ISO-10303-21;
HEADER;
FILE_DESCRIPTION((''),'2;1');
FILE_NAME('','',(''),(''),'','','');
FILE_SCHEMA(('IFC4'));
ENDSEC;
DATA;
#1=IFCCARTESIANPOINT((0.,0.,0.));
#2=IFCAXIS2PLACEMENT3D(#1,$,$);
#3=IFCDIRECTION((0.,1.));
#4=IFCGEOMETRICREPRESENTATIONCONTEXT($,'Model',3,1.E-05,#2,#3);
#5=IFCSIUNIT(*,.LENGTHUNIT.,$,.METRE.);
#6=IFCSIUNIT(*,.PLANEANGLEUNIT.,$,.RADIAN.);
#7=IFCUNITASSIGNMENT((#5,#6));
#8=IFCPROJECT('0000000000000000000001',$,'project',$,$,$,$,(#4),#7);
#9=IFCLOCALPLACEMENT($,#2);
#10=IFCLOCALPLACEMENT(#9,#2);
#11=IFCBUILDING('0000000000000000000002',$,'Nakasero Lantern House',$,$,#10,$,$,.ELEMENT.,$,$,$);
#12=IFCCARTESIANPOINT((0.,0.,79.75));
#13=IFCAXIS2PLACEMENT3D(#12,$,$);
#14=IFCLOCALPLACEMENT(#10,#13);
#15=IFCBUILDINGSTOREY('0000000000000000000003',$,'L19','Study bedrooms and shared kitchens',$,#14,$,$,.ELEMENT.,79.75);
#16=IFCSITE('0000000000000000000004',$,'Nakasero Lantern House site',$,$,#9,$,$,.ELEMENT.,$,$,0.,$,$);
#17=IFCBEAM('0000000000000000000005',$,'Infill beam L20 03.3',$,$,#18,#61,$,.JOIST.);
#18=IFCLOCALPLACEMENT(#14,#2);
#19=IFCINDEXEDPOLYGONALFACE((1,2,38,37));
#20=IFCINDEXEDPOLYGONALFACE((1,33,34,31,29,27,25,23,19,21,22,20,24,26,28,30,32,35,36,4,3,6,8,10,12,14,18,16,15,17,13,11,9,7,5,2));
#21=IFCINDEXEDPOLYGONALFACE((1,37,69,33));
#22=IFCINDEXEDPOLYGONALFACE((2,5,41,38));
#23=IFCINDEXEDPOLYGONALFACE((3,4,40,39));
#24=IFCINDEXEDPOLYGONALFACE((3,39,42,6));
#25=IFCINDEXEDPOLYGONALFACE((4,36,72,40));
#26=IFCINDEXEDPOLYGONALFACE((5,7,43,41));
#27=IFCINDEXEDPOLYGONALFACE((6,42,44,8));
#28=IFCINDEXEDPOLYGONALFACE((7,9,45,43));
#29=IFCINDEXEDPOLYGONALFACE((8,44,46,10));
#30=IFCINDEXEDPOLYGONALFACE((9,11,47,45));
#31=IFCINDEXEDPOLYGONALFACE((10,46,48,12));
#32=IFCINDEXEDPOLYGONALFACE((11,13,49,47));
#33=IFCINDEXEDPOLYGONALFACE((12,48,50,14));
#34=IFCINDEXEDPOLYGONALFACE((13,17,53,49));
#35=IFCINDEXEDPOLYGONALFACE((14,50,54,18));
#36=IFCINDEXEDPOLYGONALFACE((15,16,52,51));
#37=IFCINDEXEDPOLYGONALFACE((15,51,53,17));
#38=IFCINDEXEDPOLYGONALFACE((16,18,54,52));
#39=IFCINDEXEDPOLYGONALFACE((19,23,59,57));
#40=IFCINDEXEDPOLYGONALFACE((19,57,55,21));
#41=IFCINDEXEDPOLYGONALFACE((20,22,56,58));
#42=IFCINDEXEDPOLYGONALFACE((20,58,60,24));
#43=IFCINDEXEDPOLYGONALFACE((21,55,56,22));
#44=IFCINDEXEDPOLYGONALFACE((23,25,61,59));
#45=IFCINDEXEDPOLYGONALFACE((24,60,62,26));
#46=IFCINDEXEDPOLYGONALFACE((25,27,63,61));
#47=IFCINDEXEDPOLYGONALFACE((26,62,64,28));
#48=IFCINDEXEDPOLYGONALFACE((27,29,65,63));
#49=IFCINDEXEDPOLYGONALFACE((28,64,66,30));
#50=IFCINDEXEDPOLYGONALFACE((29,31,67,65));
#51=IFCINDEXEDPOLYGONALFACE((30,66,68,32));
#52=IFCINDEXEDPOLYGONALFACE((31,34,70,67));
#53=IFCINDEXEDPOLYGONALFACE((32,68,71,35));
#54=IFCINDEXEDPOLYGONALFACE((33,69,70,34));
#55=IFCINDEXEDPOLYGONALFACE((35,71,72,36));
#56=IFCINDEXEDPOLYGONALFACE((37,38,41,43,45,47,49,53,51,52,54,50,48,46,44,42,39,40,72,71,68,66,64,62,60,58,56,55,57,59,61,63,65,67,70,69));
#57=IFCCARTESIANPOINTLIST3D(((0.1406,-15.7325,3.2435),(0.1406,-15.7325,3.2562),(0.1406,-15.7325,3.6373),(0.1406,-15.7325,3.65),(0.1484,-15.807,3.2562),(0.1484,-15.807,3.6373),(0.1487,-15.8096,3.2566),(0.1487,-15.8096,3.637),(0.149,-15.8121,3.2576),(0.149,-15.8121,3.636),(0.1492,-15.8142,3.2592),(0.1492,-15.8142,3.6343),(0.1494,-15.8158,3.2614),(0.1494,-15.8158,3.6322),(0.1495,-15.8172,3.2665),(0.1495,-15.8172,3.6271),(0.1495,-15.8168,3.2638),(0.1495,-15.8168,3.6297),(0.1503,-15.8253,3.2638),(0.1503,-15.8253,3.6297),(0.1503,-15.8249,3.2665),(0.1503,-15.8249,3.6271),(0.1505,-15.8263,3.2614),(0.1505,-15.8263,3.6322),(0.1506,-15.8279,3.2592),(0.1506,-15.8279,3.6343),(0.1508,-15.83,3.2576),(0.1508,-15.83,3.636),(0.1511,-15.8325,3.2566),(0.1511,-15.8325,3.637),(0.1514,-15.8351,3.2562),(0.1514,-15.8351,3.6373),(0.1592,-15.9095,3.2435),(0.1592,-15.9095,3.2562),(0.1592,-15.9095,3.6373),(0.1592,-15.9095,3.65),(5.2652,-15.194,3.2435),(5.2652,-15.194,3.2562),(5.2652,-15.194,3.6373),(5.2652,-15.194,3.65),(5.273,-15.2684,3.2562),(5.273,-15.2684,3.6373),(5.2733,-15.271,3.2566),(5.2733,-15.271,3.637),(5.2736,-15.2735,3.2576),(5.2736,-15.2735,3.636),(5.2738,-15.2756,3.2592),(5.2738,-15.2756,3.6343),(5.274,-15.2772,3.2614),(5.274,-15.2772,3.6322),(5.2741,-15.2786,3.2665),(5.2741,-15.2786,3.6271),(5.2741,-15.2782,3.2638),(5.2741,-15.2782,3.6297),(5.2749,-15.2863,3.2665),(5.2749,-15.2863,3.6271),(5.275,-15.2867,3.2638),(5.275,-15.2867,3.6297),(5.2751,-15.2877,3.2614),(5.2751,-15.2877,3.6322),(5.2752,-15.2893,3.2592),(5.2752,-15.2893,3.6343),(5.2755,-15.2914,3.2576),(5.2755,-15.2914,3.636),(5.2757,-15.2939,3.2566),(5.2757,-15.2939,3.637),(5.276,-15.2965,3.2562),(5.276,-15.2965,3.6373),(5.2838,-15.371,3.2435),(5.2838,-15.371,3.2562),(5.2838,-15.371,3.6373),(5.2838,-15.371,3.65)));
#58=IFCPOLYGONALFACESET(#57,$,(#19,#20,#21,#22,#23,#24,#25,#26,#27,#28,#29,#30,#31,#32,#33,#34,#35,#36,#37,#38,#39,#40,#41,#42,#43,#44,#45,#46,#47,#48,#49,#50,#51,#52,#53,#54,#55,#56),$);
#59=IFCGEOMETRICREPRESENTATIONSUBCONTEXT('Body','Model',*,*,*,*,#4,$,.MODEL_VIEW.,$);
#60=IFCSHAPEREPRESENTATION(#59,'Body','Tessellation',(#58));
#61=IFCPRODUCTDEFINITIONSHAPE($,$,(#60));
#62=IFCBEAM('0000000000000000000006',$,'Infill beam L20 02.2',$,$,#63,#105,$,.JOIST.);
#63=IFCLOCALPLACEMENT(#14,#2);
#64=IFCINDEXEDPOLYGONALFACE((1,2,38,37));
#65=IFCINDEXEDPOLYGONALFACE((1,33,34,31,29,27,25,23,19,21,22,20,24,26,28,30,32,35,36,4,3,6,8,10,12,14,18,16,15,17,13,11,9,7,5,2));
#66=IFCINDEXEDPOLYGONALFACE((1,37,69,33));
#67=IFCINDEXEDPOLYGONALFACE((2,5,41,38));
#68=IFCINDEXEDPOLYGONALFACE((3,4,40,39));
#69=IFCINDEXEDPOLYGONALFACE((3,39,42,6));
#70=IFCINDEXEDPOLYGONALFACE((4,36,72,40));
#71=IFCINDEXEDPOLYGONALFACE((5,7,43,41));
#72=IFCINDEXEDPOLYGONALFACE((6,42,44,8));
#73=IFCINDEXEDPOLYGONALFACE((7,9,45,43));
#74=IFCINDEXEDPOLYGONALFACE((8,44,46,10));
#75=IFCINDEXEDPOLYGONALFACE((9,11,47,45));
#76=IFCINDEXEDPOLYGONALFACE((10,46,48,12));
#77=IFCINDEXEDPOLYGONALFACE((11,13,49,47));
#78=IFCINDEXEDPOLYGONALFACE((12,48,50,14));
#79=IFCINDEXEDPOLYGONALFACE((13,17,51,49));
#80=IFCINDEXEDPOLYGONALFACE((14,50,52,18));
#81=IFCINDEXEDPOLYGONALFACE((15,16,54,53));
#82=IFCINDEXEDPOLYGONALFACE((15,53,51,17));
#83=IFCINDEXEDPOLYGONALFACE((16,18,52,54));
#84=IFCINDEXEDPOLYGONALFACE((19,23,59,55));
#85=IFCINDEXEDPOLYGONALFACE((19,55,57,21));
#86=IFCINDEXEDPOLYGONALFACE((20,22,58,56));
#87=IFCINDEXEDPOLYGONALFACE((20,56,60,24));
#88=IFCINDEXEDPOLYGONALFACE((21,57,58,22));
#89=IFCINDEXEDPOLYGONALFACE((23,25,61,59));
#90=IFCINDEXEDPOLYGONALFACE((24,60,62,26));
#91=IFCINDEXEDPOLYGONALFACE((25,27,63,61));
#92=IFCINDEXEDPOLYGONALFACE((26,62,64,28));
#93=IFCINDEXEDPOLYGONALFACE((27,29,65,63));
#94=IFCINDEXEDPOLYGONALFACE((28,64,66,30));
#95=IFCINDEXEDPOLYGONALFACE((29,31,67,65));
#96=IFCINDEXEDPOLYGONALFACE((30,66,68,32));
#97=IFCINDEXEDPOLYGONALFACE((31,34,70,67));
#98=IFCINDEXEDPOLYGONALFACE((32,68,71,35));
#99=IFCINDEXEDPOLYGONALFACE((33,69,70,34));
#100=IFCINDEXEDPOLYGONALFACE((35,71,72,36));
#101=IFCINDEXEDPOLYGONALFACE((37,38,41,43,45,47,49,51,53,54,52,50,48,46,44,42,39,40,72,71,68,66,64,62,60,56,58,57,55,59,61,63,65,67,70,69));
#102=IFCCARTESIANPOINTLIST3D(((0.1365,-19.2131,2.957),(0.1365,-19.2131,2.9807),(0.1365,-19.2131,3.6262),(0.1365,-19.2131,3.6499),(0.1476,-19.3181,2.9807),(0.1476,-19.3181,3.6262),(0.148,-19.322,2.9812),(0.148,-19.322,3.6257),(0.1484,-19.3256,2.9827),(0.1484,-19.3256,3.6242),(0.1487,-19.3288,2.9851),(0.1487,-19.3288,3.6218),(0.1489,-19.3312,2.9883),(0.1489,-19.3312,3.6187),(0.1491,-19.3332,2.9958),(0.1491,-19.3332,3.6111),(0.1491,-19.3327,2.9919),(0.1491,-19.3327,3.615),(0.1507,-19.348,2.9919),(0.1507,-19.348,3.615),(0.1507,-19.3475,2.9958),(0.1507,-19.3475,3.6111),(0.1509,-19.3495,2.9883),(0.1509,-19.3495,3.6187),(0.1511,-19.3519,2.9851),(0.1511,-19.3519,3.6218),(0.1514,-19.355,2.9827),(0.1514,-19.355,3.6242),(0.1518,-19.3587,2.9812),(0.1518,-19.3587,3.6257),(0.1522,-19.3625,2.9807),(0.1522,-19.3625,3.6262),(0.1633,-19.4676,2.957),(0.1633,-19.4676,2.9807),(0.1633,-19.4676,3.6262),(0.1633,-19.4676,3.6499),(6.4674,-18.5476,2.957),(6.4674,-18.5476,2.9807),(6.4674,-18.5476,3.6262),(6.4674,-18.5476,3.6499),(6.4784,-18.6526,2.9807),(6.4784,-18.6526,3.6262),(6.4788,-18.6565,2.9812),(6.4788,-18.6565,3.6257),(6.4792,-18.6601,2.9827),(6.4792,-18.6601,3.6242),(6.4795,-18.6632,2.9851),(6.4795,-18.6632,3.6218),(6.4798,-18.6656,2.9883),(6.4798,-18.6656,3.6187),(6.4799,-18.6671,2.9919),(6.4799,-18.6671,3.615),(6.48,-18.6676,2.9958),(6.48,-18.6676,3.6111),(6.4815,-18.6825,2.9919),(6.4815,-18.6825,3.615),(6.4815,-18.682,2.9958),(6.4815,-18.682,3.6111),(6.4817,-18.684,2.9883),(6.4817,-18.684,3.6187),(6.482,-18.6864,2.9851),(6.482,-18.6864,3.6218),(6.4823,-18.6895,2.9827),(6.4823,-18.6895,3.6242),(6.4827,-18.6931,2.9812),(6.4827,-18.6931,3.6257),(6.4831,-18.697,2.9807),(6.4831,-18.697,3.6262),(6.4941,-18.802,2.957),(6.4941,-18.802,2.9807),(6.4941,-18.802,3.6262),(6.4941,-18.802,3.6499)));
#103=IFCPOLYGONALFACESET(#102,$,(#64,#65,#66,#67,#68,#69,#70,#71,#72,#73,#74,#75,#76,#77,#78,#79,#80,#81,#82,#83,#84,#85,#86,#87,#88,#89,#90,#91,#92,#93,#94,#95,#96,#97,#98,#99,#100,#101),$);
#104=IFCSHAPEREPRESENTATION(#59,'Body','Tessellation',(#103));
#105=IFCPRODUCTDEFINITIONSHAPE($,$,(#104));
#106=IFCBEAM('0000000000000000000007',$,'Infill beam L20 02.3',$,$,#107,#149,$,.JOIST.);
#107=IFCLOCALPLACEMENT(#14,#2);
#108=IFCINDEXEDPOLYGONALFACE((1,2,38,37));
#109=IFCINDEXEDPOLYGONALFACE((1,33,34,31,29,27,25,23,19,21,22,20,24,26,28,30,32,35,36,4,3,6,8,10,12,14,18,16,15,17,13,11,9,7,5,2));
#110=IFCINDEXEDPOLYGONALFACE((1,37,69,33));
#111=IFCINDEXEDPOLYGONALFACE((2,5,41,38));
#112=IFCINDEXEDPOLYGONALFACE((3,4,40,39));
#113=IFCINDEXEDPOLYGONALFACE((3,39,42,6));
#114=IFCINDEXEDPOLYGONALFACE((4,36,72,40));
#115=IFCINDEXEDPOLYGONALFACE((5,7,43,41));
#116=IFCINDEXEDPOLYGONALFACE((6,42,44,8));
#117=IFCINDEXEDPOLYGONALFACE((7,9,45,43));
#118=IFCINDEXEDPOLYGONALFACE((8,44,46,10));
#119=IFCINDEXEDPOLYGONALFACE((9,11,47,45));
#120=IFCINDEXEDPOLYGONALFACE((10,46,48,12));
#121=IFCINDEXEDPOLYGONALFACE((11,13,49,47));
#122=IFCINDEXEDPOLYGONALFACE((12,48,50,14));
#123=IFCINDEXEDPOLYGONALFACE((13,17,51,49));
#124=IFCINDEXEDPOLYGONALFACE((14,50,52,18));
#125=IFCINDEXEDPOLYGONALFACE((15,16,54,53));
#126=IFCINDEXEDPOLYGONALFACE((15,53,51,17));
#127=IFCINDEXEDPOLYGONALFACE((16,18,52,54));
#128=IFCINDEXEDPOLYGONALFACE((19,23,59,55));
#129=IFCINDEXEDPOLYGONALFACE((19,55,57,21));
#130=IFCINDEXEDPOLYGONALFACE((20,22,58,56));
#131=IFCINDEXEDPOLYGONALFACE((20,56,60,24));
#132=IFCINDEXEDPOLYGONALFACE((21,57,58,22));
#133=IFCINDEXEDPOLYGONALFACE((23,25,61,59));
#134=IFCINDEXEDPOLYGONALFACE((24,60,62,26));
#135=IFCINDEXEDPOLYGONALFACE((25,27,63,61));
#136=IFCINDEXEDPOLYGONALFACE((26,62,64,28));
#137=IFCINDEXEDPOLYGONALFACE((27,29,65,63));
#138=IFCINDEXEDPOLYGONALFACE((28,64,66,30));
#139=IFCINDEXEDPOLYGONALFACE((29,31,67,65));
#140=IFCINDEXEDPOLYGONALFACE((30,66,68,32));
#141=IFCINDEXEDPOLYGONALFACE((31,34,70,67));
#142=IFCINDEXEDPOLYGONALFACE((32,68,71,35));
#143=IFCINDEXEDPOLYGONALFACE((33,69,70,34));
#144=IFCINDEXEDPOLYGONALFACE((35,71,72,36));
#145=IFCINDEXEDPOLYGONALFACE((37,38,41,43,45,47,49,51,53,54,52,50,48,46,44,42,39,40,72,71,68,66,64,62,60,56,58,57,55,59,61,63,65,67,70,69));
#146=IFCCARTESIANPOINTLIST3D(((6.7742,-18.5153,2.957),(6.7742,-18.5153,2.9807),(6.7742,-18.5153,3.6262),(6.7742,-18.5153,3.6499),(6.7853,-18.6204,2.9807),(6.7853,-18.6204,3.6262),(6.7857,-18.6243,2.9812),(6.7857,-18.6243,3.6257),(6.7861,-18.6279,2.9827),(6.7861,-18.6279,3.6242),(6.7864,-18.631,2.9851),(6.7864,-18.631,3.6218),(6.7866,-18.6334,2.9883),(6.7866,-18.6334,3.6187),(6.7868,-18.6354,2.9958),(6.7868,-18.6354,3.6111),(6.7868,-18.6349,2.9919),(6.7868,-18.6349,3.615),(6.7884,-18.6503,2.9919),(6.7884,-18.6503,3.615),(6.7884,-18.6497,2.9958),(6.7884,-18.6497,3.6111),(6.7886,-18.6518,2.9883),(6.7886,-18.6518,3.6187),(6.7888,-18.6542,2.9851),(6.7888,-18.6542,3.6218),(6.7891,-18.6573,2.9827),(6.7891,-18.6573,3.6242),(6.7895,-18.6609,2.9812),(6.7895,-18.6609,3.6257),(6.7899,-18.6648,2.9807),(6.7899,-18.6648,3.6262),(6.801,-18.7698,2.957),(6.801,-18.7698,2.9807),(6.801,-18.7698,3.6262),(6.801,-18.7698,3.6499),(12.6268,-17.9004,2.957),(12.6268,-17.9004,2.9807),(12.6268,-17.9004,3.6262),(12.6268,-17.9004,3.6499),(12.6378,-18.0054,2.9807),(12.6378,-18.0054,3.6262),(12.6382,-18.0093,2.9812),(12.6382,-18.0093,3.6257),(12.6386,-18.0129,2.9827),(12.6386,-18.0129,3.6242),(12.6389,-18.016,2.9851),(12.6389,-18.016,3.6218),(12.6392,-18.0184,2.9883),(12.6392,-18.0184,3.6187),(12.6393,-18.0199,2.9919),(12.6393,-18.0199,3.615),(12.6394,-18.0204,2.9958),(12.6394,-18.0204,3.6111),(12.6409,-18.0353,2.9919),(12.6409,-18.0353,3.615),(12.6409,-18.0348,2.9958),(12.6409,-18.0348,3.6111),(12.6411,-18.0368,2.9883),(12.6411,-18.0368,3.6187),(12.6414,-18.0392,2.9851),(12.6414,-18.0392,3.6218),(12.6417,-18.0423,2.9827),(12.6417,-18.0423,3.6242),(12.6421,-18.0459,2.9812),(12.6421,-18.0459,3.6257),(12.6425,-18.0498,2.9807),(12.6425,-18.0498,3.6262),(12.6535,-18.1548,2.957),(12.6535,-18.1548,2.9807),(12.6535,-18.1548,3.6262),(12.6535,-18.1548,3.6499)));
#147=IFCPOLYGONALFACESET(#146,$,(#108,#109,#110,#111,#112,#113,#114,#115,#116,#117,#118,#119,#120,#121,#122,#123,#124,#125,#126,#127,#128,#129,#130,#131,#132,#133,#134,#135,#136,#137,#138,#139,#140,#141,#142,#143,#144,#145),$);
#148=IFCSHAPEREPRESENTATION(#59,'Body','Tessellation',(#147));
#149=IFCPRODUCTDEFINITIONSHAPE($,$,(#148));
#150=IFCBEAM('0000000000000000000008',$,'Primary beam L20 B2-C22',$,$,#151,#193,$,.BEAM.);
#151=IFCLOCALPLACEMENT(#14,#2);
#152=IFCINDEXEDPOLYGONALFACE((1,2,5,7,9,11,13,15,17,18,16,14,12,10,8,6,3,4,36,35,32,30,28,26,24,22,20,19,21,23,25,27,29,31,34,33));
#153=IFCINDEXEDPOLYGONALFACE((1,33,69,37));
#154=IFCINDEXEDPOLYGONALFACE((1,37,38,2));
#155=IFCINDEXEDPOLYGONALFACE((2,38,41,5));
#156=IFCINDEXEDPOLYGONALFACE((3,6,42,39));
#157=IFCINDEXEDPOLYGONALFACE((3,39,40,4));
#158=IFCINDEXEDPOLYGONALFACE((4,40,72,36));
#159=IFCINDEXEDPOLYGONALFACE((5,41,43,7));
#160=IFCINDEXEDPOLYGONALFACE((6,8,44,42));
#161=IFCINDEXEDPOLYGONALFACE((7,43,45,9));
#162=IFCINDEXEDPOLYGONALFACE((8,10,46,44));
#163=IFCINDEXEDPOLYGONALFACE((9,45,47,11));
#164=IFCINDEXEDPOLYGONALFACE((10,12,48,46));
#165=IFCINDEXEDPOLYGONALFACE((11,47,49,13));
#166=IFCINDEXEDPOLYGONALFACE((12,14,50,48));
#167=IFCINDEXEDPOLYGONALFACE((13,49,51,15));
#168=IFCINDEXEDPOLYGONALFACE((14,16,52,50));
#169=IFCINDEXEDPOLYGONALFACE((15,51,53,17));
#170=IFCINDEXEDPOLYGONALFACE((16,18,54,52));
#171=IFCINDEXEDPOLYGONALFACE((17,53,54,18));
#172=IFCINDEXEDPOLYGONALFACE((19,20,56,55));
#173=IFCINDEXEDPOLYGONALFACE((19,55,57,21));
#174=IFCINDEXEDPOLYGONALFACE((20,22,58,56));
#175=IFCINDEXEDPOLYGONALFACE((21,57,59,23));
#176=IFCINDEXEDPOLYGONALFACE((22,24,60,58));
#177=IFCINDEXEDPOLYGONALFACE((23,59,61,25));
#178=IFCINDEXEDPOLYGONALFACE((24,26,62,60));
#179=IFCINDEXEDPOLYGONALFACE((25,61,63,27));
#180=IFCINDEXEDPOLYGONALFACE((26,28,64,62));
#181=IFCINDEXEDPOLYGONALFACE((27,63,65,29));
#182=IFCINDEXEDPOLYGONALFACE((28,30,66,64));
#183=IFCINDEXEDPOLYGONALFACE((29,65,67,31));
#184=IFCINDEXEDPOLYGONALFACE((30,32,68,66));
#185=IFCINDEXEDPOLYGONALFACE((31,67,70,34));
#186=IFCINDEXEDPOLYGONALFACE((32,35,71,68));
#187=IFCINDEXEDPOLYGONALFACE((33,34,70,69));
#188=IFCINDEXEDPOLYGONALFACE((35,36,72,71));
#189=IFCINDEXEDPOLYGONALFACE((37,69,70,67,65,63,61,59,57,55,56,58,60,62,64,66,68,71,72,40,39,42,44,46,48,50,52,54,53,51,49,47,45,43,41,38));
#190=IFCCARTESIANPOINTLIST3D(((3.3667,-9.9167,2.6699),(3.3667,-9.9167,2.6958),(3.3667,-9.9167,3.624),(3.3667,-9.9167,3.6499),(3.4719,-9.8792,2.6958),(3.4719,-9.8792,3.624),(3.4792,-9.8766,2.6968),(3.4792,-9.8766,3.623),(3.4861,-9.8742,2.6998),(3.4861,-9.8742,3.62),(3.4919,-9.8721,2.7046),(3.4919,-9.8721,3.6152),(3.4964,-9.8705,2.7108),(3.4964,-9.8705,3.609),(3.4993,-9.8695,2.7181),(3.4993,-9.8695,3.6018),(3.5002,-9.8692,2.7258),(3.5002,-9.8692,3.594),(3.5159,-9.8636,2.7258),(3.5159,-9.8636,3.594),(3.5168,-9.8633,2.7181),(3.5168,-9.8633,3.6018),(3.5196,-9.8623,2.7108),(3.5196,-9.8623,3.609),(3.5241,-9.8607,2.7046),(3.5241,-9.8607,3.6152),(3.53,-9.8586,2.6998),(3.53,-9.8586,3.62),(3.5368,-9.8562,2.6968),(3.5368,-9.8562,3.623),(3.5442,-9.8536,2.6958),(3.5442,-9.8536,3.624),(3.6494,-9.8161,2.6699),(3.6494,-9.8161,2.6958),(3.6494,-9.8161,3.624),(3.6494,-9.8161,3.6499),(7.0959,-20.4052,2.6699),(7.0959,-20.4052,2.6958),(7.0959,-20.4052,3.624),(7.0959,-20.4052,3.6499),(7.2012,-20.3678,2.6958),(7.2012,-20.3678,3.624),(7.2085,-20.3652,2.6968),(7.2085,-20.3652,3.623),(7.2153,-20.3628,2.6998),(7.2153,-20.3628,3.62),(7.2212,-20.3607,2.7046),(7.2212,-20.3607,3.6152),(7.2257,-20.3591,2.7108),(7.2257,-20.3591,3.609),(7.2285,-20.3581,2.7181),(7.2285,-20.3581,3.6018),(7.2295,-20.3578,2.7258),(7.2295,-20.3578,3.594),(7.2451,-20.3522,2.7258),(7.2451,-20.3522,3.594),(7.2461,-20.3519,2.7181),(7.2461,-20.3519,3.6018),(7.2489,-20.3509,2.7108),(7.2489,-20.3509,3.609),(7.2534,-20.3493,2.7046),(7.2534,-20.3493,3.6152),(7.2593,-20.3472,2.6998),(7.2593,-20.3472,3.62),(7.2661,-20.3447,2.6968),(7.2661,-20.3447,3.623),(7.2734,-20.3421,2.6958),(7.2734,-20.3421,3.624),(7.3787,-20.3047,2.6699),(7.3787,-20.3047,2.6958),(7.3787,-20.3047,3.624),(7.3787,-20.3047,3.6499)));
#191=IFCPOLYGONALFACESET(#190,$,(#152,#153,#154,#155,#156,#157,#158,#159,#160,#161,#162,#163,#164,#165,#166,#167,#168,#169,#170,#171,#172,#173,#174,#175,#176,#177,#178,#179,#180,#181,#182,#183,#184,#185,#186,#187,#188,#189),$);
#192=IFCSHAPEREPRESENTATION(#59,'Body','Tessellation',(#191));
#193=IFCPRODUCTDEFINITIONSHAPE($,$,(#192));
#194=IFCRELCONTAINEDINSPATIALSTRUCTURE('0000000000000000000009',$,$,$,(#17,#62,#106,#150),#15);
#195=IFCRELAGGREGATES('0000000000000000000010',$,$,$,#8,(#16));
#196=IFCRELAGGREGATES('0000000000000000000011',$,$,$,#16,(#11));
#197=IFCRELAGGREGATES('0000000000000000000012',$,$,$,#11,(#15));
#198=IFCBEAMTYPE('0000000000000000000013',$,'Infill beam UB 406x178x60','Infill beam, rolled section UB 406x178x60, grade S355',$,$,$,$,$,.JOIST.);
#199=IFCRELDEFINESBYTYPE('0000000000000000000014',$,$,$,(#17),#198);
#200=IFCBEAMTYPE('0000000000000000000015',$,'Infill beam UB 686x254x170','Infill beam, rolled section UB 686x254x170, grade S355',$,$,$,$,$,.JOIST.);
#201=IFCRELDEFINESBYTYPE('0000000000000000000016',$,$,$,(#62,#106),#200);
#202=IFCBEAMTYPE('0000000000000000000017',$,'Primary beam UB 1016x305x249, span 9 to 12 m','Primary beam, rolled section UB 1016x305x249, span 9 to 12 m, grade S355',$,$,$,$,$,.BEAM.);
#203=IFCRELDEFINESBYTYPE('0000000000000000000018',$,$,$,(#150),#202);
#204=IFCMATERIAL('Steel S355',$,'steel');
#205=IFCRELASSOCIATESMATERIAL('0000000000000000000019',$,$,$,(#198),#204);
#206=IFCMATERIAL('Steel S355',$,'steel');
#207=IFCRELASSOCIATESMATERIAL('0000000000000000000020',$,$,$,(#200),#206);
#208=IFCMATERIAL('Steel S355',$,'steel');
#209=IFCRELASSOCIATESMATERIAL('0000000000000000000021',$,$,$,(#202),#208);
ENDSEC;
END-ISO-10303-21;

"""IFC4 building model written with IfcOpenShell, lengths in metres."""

from ifc_helpers import new_model, si_unit, direction, frame, origin, origin_2d, place, context, subcontext, project, spatial, i_section, extrude, material, material_profile, profile_set, type_object, element, save


model = new_model("IFC4")

# Units and contexts
model_context = context("Model", 3, precision=1e-05, world=origin(), true_north=direction((0.0, 1.0)))
body_context = subcontext(model_context, "Body", "Model", "MODEL_VIEW")
ifc_project = project(units=[si_unit("LENGTHUNIT", "METRE"), si_unit("PLANEANGLEUNIT", "RADIAN")], contexts=[model_context])

# Site, building, storey
site_placement = place(None, origin())
site = spatial("IfcSite", under=ifc_project, at=site_placement, Name="Nakasero Lantern House site", CompositionType="ELEMENT", RefElevation=0.0)
building_placement = place(site_placement, origin())
building = spatial("IfcBuilding", under=site, at=building_placement, Name="Nakasero Lantern House", CompositionType="ELEMENT")
storey_placement = place(building_placement, frame((0.0, 0.0, 79.75)))
storey = spatial("IfcBuildingStorey", under=building, at=storey_placement, Name="L19", Description="Study bedrooms and shared kitchens", CompositionType="ELEMENT", Elevation=79.75)

# Beams
ifc_material_1 = material(Name="Steel S355", Category="steel")
ifc_material_profile_1 = material_profile(ifc_material_1, i_section(OverallWidth=0.178, OverallDepth=0.4065, WebThickness=0.0078, FlangeThickness=0.0127, FilletRadius=0.0103, at=origin_2d()), Name="UB 406x178x60")
ifc_profile_set_1 = profile_set([ifc_material_profile_1], Name="Steel S355")
beam_type_1 = type_object("IfcBeamType", Name="Infill beam UB 406x178x60", Description="Infill beam, rolled section UB 406x178x60, grade S355", PredefinedType="JOIST", material=ifc_profile_set_1)
beam_1_placement = place(storey_placement, frame((0.1499, -15.821, 3.4468), z_axis=(0.994523, 0.104522, 0.0), x_axis=(-0.104522, 0.994523, 0.0)))
element("IfcBeam", 1, at=beam_1_placement, inside=storey, type_object=beam_type_1, Name="Infill beam L20 03.3", PredefinedType="JOIST", context=body_context, shape_type="SweptSolid", body=[
    extrude(i_section(OverallWidth=0.178, OverallDepth=0.4065, WebThickness=0.0078, FlangeThickness=0.0127, FilletRadius=0.0103, at=origin_2d()), origin(), (0.0, 0.0, 1.0), 5.1528),
])
ifc_material_2 = material(Name="Steel S355", Category="steel")
ifc_material_profile_2 = material_profile(ifc_material_2, i_section(OverallWidth=0.2559, OverallDepth=0.6929, WebThickness=0.0144, FlangeThickness=0.0237, FilletRadius=0.0151, at=origin_2d()), Name="UB 686x254x170")
ifc_profile_set_2 = profile_set([ifc_material_profile_2], Name="Steel S355")
beam_type_2 = type_object("IfcBeamType", Name="Infill beam UB 686x254x170", Description="Infill beam, rolled section UB 686x254x170, grade S355", PredefinedType="JOIST", material=ifc_profile_set_2)
beam_2_placement = place(storey_placement, frame((0.1499, -19.3403, 3.3035), z_axis=(0.99452, 0.104549, 0.0), x_axis=(-0.104549, 0.99452, 0.0)))
element("IfcBeam", 2, at=beam_2_placement, inside=storey, type_object=beam_type_2, Name="Infill beam L20 02.2", PredefinedType="JOIST", context=body_context, shape_type="SweptSolid", body=[
    extrude(i_section(OverallWidth=0.2559, OverallDepth=0.6929, WebThickness=0.0144, FlangeThickness=0.0237, FilletRadius=0.0151, at=origin_2d()), origin(), (0.0, 0.0, 1.0), 6.3657),
])
beam_3_placement = place(storey_placement, frame((6.7876, -18.6426, 3.3035), z_axis=(0.994524, 0.104506, 0.0), x_axis=(-0.104506, 0.994524, 0.0)))
element("IfcBeam", 3, at=beam_3_placement, inside=storey, type_object=beam_type_2, Name="Infill beam L20 02.3", PredefinedType="JOIST", context=body_context, shape_type="SweptSolid", body=[
    extrude(i_section(OverallWidth=0.2559, OverallDepth=0.6929, WebThickness=0.0144, FlangeThickness=0.0237, FilletRadius=0.0151, at=origin_2d()), origin(), (0.0, 0.0, 1.0), 5.8848),
])
ifc_material_3 = material(Name="Steel S355", Category="steel")
ifc_material_profile_3 = material_profile(ifc_material_3, i_section(OverallWidth=0.3, OverallDepth=0.98, WebThickness=0.0166, FlangeThickness=0.0259, FilletRadius=0.03, at=origin_2d()), Name="UB 1016x305x249")
ifc_profile_set_3 = profile_set([ifc_material_profile_3], Name="Steel S355")
beam_type_3 = type_object("IfcBeamType", Name="Primary beam UB 1016x305x249, span 9 to 12 m", Description="Primary beam, rolled section UB 1016x305x249, span 9 to 12 m, grade S355", PredefinedType="BEAM", material=ifc_profile_set_3)
beam_4_placement = place(storey_placement, frame((7.2373, -20.355, 3.1599), z_axis=(-0.335009, 0.942215, 0.0), x_axis=(-0.942215, -0.335009, 0.0)))
element("IfcBeam", 4, at=beam_4_placement, inside=storey, type_object=beam_type_3, Name="Primary beam L20 B2-C22", PredefinedType="BEAM", context=body_context, shape_type="SweptSolid", body=[
    extrude(i_section(OverallWidth=0.3, OverallDepth=0.98, WebThickness=0.0166, FlangeThickness=0.0259, FilletRadius=0.03, at=origin_2d()), origin(), (0.0, 0.0, 1.0), 11.1318),
])

save(model, "model.ifc")
